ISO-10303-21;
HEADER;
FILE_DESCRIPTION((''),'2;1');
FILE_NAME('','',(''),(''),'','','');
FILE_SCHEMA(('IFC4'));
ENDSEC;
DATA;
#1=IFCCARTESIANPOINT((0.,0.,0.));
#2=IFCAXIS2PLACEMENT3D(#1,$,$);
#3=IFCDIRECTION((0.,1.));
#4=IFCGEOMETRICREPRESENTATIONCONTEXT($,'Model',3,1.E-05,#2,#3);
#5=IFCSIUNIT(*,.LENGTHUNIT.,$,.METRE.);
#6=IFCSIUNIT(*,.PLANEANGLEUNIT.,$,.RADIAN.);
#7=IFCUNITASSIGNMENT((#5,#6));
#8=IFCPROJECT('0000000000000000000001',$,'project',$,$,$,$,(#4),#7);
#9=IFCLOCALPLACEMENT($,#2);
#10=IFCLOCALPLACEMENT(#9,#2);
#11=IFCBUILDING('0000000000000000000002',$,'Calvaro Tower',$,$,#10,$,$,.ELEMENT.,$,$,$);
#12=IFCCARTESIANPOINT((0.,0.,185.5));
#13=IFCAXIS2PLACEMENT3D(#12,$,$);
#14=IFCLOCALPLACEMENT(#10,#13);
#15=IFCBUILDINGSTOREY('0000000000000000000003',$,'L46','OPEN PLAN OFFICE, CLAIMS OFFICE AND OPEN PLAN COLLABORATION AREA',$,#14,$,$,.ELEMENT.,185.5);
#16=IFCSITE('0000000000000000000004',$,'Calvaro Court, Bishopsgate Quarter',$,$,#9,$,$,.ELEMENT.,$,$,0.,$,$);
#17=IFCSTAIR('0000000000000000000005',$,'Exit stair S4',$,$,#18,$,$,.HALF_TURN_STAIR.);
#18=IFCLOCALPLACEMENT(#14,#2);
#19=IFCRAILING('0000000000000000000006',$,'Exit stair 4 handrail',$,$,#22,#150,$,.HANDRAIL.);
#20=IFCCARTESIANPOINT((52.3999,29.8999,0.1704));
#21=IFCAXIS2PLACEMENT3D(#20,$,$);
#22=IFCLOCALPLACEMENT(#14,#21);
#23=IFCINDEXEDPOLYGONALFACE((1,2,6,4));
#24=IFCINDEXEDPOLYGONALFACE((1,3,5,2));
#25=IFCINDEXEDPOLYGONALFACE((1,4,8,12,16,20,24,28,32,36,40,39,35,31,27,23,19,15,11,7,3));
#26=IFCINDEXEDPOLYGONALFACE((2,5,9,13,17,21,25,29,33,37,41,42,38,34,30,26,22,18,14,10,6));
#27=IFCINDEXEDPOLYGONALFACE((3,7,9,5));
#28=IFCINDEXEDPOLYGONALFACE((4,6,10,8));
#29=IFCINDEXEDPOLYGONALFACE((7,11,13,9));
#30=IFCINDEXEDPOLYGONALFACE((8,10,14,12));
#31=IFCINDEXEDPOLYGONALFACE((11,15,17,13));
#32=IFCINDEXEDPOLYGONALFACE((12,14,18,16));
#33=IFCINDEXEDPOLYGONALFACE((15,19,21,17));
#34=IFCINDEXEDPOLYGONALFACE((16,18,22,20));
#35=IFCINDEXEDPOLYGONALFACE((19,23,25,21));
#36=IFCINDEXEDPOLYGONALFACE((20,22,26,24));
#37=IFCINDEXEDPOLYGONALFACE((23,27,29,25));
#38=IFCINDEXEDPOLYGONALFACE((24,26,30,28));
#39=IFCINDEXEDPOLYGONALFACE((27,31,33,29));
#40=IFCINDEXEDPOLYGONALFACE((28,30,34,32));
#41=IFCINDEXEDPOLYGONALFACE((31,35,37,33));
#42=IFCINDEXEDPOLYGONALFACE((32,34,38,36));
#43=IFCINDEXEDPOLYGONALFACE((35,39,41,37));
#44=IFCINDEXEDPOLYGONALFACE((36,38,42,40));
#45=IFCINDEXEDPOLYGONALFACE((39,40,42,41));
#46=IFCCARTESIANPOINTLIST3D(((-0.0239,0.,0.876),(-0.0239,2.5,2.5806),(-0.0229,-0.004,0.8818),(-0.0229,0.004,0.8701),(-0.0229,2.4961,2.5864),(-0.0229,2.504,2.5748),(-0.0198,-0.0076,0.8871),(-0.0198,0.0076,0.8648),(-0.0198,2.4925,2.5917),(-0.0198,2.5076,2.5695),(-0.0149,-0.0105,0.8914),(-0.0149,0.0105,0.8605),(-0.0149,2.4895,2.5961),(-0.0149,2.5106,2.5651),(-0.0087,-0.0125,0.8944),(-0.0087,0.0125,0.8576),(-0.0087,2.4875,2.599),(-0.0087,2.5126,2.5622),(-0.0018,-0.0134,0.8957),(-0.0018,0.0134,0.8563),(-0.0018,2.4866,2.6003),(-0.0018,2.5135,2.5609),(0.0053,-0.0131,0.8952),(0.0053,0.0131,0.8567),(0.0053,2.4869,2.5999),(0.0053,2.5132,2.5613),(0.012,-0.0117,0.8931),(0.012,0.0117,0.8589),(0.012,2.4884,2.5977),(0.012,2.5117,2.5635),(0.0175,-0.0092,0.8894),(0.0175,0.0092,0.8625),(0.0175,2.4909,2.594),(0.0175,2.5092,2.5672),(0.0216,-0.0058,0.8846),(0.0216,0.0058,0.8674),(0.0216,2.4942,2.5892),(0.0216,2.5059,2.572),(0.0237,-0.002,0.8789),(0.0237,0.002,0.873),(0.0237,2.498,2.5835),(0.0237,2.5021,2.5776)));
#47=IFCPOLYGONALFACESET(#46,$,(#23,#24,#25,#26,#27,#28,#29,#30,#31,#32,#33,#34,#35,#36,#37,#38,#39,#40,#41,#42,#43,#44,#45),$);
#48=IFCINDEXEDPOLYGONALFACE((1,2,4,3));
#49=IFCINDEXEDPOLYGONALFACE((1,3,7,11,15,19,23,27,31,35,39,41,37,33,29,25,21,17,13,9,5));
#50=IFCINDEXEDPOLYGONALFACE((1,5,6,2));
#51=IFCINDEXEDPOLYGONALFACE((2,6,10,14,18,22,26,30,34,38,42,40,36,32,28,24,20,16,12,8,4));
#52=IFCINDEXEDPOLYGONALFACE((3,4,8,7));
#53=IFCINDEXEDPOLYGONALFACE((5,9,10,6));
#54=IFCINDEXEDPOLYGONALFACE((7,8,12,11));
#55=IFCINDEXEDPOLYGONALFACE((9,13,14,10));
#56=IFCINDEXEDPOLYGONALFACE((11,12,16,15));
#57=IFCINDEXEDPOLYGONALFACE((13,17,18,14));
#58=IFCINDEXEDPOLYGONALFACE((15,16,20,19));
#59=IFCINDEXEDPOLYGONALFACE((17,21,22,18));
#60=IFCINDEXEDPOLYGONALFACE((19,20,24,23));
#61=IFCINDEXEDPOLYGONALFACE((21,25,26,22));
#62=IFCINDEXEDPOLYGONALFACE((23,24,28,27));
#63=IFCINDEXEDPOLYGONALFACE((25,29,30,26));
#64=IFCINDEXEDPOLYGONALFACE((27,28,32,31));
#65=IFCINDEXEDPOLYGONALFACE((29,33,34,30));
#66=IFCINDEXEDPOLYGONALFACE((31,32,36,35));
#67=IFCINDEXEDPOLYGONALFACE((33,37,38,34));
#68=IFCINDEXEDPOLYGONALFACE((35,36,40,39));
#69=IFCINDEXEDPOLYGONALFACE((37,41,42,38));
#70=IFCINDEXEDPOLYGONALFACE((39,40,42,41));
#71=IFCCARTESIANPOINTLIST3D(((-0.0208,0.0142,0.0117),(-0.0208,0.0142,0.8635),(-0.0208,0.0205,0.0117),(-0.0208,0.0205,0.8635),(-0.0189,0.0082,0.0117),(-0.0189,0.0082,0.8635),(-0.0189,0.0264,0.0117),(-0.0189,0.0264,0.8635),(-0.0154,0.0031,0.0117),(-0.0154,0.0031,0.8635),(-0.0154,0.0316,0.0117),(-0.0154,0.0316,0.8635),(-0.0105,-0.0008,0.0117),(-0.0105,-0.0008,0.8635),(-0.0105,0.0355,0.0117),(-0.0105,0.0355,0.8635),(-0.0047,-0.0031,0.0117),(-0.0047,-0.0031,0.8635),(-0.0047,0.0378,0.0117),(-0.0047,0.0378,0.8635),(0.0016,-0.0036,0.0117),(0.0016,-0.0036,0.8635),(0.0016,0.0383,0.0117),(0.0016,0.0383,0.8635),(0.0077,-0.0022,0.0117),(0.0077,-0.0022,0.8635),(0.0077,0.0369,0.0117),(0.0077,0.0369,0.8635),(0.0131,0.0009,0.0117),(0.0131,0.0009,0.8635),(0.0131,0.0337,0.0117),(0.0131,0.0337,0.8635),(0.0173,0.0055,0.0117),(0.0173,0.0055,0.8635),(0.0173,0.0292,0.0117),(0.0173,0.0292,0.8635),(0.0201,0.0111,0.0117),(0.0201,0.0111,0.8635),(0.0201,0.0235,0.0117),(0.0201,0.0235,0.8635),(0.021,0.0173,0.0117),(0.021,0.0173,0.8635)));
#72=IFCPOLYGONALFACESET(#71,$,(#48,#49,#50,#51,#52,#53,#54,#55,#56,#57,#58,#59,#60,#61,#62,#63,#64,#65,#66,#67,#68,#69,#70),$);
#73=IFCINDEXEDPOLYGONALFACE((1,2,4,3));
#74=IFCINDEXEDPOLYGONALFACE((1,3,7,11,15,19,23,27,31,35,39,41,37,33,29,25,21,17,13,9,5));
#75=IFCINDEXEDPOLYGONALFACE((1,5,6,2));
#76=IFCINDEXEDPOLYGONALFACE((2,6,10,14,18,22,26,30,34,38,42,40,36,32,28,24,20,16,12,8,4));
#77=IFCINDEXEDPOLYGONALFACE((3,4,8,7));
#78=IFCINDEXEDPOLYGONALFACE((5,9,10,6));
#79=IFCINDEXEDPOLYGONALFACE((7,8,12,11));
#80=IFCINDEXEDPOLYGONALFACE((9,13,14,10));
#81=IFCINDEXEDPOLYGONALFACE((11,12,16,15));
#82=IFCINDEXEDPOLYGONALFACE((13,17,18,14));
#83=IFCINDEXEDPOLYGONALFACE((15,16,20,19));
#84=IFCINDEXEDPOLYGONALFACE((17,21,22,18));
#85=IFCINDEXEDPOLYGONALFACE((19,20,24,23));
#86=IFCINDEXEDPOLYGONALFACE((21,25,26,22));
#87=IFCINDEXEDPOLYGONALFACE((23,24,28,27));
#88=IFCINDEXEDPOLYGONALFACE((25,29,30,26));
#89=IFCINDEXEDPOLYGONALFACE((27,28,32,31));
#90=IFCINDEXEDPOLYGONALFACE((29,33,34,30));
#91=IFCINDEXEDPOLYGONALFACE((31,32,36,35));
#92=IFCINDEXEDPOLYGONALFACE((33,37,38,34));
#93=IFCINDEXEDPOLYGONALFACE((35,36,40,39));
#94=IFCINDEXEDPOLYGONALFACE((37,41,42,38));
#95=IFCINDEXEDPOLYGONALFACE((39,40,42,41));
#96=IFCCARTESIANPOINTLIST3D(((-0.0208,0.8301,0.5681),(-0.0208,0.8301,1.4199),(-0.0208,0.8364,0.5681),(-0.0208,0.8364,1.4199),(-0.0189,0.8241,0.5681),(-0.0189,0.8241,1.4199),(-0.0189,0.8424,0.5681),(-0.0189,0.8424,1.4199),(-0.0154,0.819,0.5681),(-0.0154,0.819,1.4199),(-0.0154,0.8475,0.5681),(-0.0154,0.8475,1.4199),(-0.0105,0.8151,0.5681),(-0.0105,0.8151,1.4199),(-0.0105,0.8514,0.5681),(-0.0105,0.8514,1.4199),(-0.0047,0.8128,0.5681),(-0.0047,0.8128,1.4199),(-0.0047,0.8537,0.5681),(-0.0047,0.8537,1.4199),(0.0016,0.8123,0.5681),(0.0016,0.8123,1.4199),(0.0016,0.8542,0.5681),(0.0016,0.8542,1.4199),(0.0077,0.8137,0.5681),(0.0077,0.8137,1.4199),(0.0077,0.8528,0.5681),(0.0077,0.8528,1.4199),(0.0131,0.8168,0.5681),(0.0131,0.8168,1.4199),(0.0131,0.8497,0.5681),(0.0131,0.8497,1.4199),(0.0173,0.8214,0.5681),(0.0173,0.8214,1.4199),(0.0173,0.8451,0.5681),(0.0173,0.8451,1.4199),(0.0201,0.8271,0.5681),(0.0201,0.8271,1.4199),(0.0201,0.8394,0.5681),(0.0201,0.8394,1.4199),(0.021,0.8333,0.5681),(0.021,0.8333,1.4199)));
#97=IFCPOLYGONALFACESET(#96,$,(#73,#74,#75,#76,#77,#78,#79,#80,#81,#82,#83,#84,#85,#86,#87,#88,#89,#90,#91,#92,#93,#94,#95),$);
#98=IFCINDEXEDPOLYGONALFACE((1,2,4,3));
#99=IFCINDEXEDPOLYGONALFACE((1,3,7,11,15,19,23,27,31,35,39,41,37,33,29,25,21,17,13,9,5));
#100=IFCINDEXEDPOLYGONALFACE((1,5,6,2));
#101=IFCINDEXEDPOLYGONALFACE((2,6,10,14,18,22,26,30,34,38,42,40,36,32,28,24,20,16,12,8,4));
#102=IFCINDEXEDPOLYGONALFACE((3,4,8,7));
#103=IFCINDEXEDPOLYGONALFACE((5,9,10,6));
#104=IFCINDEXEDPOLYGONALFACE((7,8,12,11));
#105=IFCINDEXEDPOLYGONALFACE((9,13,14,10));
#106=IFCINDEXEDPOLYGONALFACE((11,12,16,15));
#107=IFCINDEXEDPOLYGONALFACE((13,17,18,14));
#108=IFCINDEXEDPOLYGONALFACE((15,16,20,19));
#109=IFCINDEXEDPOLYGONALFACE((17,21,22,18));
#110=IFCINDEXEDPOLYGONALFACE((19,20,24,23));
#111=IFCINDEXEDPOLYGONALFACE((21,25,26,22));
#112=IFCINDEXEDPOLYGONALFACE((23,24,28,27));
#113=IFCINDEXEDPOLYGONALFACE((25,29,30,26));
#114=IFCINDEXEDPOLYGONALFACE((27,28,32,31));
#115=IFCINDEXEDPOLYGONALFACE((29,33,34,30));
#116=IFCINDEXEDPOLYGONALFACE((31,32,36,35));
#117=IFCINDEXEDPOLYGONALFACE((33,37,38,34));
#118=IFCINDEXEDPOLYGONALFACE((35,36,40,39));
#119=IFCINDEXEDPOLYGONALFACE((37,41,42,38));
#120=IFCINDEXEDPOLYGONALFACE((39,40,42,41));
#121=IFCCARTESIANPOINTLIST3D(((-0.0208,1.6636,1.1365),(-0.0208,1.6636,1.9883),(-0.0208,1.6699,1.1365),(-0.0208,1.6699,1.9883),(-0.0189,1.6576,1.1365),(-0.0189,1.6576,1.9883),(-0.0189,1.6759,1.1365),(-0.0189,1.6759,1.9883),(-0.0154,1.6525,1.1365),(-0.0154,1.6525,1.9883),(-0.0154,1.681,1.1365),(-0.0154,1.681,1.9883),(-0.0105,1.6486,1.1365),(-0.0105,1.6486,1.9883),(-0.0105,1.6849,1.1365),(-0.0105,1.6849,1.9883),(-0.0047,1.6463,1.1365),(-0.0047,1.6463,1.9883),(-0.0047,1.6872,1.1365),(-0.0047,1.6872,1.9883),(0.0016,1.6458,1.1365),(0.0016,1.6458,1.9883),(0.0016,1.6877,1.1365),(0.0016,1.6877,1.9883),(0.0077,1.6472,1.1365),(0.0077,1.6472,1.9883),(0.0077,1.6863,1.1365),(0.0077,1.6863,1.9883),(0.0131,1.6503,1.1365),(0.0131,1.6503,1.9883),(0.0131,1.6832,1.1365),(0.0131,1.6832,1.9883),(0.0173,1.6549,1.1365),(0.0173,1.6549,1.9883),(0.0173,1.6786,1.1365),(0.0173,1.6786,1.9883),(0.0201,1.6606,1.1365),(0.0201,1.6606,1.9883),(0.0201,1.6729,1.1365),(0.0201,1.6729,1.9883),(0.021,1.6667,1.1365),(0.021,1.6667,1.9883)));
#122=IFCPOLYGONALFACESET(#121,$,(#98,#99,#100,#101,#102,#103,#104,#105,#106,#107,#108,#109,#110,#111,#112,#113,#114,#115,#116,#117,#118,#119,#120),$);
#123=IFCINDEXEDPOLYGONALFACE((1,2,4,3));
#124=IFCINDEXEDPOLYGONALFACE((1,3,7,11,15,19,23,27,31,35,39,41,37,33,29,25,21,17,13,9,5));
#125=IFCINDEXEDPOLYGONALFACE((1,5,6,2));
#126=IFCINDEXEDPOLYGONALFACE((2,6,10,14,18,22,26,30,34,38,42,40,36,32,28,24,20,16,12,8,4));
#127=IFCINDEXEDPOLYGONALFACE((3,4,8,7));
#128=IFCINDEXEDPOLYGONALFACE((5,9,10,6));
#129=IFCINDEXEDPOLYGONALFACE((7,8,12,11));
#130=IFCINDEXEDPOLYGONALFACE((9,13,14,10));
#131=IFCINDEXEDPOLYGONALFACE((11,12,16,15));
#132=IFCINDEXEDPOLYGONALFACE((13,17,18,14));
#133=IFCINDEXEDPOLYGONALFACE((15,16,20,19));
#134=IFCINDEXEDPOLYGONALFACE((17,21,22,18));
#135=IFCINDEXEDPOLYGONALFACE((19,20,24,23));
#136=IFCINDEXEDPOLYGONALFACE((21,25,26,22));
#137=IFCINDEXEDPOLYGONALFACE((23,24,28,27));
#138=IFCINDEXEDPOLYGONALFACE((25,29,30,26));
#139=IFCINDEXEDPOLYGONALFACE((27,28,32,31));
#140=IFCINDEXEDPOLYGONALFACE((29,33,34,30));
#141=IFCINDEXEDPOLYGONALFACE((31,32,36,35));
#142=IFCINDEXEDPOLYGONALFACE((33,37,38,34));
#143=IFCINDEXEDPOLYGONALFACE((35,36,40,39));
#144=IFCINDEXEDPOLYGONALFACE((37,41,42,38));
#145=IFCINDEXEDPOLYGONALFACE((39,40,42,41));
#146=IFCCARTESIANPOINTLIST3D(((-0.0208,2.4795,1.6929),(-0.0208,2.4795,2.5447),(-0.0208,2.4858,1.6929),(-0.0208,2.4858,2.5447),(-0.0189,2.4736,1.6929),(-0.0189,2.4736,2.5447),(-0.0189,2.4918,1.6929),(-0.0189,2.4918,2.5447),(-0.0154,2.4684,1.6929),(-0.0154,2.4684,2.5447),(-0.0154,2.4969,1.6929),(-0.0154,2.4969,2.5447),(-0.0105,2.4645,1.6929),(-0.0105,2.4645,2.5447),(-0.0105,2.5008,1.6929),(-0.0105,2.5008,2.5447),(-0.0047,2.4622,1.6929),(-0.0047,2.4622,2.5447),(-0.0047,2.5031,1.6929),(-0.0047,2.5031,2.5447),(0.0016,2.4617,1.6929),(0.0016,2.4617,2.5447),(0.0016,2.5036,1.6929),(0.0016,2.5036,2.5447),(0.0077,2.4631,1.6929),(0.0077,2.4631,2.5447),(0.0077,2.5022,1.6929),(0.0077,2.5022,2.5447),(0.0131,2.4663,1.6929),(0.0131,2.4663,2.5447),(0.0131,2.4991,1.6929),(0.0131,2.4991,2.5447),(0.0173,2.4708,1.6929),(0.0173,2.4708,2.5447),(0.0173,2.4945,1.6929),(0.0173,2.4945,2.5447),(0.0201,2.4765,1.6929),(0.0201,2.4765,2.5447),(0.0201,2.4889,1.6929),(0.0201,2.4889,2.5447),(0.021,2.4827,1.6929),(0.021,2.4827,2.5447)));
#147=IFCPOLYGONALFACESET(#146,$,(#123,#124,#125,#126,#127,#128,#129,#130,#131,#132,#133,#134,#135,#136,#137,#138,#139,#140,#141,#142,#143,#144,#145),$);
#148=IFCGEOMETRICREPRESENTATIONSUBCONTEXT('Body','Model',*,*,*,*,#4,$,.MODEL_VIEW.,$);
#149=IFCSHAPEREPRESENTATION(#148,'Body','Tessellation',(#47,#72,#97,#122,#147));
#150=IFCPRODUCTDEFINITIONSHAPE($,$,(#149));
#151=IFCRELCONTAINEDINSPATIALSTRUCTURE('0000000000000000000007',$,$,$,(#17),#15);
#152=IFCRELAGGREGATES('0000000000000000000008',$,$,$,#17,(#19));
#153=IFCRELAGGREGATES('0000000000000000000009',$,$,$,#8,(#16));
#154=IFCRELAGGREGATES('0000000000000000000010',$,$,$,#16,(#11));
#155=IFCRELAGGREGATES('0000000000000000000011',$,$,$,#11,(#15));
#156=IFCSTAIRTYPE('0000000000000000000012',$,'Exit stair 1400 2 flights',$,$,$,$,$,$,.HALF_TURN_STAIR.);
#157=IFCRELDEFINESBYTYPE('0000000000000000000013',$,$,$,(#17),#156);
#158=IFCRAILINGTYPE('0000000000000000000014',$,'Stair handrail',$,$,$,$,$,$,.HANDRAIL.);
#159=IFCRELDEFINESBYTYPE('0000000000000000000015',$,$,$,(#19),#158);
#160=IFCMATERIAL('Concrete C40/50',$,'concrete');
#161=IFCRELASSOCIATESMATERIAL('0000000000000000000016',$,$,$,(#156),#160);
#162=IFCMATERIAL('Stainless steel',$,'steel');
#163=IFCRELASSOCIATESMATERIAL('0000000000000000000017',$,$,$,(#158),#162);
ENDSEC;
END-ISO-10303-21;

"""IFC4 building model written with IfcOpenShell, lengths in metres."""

from ifc_helpers import new_model, si_unit, direction, frame, origin, origin_2d, place, context, subcontext, project, spatial, circle, extrude, material, type_object, element, aggregate, save


model = new_model("IFC4")

# Units and contexts
model_context = context("Model", 3, precision=1e-05, world=origin(), true_north=direction((0.0, 1.0)))
body_context = subcontext(model_context, "Body", "Model", "MODEL_VIEW")
ifc_project = project(units=[si_unit("LENGTHUNIT", "METRE"), si_unit("PLANEANGLEUNIT", "RADIAN")], contexts=[model_context])

# Site, building, storey
site_placement = place(None, origin())
site = spatial("IfcSite", under=ifc_project, at=site_placement, Name="Calvaro Court, Bishopsgate Quarter", CompositionType="ELEMENT", RefElevation=0.0)
building_placement = place(site_placement, origin())
building = spatial("IfcBuilding", under=site, at=building_placement, Name="Calvaro Tower", CompositionType="ELEMENT")
storey_placement = place(building_placement, frame((0.0, 0.0, 185.5)))
storey = spatial("IfcBuildingStorey", under=building, at=storey_placement, Name="L46", Description="OPEN PLAN OFFICE, CLAIMS OFFICE AND OPEN PLAN COLLABORATION AREA", CompositionType="ELEMENT", Elevation=185.5)

# Stair
ifc_material_1 = material(Name="Concrete C40/50", Category="concrete")
stair_type = type_object("IfcStairType", Name="Exit stair 1400 2 flights", PredefinedType="HALF_TURN_STAIR", material=ifc_material_1)
stair_1_placement = place(storey_placement, origin())
stair_1 = element("IfcStair", 1, at=stair_1_placement, inside=storey, type_object=stair_type, Name="Exit stair S4", PredefinedType="HALF_TURN_STAIR")

# Railing
ifc_material_2 = material(Name="Stainless steel", Category="steel")
railing_type = type_object("IfcRailingType", Name="Stair handrail", PredefinedType="HANDRAIL", material=ifc_material_2)
railing_1_placement = place(storey_placement, frame((52.3999, 29.8999, 0.1704)))
railing_1 = element("IfcRailing", 2, at=railing_1_placement, type_object=railing_type, Name="Exit stair 4 handrail", PredefinedType="HANDRAIL", context=body_context, shape_type="SweptSolid", body=[
    extrude(circle(Radius=0.0239, at=origin_2d()), frame((0.0, 0.0, 0.876), z_axis=(0.0, 0.826221, 0.563347), x_axis=(-1.0, 0.0, 0.0)), (0.0, 0.0, 1.0), 3.0259),
    extrude(circle(Radius=0.021, at=origin_2d()), frame((0.0, 0.0173, 0.0117)), (0.0, 0.0, 1.0), 0.8518),
    extrude(circle(Radius=0.021, at=origin_2d()), frame((0.0, 0.8333, 0.5681)), (0.0, 0.0, 1.0), 0.8518),
    extrude(circle(Radius=0.021, at=origin_2d()), frame((0.0, 1.6667, 1.1365)), (0.0, 0.0, 1.0), 0.8518),
    extrude(circle(Radius=0.021, at=origin_2d()), frame((0.0, 2.4827, 1.6929)), (0.0, 0.0, 1.0), 0.8518),
])
aggregate(stair_1, [railing_1])

save(model, "model.ifc")
